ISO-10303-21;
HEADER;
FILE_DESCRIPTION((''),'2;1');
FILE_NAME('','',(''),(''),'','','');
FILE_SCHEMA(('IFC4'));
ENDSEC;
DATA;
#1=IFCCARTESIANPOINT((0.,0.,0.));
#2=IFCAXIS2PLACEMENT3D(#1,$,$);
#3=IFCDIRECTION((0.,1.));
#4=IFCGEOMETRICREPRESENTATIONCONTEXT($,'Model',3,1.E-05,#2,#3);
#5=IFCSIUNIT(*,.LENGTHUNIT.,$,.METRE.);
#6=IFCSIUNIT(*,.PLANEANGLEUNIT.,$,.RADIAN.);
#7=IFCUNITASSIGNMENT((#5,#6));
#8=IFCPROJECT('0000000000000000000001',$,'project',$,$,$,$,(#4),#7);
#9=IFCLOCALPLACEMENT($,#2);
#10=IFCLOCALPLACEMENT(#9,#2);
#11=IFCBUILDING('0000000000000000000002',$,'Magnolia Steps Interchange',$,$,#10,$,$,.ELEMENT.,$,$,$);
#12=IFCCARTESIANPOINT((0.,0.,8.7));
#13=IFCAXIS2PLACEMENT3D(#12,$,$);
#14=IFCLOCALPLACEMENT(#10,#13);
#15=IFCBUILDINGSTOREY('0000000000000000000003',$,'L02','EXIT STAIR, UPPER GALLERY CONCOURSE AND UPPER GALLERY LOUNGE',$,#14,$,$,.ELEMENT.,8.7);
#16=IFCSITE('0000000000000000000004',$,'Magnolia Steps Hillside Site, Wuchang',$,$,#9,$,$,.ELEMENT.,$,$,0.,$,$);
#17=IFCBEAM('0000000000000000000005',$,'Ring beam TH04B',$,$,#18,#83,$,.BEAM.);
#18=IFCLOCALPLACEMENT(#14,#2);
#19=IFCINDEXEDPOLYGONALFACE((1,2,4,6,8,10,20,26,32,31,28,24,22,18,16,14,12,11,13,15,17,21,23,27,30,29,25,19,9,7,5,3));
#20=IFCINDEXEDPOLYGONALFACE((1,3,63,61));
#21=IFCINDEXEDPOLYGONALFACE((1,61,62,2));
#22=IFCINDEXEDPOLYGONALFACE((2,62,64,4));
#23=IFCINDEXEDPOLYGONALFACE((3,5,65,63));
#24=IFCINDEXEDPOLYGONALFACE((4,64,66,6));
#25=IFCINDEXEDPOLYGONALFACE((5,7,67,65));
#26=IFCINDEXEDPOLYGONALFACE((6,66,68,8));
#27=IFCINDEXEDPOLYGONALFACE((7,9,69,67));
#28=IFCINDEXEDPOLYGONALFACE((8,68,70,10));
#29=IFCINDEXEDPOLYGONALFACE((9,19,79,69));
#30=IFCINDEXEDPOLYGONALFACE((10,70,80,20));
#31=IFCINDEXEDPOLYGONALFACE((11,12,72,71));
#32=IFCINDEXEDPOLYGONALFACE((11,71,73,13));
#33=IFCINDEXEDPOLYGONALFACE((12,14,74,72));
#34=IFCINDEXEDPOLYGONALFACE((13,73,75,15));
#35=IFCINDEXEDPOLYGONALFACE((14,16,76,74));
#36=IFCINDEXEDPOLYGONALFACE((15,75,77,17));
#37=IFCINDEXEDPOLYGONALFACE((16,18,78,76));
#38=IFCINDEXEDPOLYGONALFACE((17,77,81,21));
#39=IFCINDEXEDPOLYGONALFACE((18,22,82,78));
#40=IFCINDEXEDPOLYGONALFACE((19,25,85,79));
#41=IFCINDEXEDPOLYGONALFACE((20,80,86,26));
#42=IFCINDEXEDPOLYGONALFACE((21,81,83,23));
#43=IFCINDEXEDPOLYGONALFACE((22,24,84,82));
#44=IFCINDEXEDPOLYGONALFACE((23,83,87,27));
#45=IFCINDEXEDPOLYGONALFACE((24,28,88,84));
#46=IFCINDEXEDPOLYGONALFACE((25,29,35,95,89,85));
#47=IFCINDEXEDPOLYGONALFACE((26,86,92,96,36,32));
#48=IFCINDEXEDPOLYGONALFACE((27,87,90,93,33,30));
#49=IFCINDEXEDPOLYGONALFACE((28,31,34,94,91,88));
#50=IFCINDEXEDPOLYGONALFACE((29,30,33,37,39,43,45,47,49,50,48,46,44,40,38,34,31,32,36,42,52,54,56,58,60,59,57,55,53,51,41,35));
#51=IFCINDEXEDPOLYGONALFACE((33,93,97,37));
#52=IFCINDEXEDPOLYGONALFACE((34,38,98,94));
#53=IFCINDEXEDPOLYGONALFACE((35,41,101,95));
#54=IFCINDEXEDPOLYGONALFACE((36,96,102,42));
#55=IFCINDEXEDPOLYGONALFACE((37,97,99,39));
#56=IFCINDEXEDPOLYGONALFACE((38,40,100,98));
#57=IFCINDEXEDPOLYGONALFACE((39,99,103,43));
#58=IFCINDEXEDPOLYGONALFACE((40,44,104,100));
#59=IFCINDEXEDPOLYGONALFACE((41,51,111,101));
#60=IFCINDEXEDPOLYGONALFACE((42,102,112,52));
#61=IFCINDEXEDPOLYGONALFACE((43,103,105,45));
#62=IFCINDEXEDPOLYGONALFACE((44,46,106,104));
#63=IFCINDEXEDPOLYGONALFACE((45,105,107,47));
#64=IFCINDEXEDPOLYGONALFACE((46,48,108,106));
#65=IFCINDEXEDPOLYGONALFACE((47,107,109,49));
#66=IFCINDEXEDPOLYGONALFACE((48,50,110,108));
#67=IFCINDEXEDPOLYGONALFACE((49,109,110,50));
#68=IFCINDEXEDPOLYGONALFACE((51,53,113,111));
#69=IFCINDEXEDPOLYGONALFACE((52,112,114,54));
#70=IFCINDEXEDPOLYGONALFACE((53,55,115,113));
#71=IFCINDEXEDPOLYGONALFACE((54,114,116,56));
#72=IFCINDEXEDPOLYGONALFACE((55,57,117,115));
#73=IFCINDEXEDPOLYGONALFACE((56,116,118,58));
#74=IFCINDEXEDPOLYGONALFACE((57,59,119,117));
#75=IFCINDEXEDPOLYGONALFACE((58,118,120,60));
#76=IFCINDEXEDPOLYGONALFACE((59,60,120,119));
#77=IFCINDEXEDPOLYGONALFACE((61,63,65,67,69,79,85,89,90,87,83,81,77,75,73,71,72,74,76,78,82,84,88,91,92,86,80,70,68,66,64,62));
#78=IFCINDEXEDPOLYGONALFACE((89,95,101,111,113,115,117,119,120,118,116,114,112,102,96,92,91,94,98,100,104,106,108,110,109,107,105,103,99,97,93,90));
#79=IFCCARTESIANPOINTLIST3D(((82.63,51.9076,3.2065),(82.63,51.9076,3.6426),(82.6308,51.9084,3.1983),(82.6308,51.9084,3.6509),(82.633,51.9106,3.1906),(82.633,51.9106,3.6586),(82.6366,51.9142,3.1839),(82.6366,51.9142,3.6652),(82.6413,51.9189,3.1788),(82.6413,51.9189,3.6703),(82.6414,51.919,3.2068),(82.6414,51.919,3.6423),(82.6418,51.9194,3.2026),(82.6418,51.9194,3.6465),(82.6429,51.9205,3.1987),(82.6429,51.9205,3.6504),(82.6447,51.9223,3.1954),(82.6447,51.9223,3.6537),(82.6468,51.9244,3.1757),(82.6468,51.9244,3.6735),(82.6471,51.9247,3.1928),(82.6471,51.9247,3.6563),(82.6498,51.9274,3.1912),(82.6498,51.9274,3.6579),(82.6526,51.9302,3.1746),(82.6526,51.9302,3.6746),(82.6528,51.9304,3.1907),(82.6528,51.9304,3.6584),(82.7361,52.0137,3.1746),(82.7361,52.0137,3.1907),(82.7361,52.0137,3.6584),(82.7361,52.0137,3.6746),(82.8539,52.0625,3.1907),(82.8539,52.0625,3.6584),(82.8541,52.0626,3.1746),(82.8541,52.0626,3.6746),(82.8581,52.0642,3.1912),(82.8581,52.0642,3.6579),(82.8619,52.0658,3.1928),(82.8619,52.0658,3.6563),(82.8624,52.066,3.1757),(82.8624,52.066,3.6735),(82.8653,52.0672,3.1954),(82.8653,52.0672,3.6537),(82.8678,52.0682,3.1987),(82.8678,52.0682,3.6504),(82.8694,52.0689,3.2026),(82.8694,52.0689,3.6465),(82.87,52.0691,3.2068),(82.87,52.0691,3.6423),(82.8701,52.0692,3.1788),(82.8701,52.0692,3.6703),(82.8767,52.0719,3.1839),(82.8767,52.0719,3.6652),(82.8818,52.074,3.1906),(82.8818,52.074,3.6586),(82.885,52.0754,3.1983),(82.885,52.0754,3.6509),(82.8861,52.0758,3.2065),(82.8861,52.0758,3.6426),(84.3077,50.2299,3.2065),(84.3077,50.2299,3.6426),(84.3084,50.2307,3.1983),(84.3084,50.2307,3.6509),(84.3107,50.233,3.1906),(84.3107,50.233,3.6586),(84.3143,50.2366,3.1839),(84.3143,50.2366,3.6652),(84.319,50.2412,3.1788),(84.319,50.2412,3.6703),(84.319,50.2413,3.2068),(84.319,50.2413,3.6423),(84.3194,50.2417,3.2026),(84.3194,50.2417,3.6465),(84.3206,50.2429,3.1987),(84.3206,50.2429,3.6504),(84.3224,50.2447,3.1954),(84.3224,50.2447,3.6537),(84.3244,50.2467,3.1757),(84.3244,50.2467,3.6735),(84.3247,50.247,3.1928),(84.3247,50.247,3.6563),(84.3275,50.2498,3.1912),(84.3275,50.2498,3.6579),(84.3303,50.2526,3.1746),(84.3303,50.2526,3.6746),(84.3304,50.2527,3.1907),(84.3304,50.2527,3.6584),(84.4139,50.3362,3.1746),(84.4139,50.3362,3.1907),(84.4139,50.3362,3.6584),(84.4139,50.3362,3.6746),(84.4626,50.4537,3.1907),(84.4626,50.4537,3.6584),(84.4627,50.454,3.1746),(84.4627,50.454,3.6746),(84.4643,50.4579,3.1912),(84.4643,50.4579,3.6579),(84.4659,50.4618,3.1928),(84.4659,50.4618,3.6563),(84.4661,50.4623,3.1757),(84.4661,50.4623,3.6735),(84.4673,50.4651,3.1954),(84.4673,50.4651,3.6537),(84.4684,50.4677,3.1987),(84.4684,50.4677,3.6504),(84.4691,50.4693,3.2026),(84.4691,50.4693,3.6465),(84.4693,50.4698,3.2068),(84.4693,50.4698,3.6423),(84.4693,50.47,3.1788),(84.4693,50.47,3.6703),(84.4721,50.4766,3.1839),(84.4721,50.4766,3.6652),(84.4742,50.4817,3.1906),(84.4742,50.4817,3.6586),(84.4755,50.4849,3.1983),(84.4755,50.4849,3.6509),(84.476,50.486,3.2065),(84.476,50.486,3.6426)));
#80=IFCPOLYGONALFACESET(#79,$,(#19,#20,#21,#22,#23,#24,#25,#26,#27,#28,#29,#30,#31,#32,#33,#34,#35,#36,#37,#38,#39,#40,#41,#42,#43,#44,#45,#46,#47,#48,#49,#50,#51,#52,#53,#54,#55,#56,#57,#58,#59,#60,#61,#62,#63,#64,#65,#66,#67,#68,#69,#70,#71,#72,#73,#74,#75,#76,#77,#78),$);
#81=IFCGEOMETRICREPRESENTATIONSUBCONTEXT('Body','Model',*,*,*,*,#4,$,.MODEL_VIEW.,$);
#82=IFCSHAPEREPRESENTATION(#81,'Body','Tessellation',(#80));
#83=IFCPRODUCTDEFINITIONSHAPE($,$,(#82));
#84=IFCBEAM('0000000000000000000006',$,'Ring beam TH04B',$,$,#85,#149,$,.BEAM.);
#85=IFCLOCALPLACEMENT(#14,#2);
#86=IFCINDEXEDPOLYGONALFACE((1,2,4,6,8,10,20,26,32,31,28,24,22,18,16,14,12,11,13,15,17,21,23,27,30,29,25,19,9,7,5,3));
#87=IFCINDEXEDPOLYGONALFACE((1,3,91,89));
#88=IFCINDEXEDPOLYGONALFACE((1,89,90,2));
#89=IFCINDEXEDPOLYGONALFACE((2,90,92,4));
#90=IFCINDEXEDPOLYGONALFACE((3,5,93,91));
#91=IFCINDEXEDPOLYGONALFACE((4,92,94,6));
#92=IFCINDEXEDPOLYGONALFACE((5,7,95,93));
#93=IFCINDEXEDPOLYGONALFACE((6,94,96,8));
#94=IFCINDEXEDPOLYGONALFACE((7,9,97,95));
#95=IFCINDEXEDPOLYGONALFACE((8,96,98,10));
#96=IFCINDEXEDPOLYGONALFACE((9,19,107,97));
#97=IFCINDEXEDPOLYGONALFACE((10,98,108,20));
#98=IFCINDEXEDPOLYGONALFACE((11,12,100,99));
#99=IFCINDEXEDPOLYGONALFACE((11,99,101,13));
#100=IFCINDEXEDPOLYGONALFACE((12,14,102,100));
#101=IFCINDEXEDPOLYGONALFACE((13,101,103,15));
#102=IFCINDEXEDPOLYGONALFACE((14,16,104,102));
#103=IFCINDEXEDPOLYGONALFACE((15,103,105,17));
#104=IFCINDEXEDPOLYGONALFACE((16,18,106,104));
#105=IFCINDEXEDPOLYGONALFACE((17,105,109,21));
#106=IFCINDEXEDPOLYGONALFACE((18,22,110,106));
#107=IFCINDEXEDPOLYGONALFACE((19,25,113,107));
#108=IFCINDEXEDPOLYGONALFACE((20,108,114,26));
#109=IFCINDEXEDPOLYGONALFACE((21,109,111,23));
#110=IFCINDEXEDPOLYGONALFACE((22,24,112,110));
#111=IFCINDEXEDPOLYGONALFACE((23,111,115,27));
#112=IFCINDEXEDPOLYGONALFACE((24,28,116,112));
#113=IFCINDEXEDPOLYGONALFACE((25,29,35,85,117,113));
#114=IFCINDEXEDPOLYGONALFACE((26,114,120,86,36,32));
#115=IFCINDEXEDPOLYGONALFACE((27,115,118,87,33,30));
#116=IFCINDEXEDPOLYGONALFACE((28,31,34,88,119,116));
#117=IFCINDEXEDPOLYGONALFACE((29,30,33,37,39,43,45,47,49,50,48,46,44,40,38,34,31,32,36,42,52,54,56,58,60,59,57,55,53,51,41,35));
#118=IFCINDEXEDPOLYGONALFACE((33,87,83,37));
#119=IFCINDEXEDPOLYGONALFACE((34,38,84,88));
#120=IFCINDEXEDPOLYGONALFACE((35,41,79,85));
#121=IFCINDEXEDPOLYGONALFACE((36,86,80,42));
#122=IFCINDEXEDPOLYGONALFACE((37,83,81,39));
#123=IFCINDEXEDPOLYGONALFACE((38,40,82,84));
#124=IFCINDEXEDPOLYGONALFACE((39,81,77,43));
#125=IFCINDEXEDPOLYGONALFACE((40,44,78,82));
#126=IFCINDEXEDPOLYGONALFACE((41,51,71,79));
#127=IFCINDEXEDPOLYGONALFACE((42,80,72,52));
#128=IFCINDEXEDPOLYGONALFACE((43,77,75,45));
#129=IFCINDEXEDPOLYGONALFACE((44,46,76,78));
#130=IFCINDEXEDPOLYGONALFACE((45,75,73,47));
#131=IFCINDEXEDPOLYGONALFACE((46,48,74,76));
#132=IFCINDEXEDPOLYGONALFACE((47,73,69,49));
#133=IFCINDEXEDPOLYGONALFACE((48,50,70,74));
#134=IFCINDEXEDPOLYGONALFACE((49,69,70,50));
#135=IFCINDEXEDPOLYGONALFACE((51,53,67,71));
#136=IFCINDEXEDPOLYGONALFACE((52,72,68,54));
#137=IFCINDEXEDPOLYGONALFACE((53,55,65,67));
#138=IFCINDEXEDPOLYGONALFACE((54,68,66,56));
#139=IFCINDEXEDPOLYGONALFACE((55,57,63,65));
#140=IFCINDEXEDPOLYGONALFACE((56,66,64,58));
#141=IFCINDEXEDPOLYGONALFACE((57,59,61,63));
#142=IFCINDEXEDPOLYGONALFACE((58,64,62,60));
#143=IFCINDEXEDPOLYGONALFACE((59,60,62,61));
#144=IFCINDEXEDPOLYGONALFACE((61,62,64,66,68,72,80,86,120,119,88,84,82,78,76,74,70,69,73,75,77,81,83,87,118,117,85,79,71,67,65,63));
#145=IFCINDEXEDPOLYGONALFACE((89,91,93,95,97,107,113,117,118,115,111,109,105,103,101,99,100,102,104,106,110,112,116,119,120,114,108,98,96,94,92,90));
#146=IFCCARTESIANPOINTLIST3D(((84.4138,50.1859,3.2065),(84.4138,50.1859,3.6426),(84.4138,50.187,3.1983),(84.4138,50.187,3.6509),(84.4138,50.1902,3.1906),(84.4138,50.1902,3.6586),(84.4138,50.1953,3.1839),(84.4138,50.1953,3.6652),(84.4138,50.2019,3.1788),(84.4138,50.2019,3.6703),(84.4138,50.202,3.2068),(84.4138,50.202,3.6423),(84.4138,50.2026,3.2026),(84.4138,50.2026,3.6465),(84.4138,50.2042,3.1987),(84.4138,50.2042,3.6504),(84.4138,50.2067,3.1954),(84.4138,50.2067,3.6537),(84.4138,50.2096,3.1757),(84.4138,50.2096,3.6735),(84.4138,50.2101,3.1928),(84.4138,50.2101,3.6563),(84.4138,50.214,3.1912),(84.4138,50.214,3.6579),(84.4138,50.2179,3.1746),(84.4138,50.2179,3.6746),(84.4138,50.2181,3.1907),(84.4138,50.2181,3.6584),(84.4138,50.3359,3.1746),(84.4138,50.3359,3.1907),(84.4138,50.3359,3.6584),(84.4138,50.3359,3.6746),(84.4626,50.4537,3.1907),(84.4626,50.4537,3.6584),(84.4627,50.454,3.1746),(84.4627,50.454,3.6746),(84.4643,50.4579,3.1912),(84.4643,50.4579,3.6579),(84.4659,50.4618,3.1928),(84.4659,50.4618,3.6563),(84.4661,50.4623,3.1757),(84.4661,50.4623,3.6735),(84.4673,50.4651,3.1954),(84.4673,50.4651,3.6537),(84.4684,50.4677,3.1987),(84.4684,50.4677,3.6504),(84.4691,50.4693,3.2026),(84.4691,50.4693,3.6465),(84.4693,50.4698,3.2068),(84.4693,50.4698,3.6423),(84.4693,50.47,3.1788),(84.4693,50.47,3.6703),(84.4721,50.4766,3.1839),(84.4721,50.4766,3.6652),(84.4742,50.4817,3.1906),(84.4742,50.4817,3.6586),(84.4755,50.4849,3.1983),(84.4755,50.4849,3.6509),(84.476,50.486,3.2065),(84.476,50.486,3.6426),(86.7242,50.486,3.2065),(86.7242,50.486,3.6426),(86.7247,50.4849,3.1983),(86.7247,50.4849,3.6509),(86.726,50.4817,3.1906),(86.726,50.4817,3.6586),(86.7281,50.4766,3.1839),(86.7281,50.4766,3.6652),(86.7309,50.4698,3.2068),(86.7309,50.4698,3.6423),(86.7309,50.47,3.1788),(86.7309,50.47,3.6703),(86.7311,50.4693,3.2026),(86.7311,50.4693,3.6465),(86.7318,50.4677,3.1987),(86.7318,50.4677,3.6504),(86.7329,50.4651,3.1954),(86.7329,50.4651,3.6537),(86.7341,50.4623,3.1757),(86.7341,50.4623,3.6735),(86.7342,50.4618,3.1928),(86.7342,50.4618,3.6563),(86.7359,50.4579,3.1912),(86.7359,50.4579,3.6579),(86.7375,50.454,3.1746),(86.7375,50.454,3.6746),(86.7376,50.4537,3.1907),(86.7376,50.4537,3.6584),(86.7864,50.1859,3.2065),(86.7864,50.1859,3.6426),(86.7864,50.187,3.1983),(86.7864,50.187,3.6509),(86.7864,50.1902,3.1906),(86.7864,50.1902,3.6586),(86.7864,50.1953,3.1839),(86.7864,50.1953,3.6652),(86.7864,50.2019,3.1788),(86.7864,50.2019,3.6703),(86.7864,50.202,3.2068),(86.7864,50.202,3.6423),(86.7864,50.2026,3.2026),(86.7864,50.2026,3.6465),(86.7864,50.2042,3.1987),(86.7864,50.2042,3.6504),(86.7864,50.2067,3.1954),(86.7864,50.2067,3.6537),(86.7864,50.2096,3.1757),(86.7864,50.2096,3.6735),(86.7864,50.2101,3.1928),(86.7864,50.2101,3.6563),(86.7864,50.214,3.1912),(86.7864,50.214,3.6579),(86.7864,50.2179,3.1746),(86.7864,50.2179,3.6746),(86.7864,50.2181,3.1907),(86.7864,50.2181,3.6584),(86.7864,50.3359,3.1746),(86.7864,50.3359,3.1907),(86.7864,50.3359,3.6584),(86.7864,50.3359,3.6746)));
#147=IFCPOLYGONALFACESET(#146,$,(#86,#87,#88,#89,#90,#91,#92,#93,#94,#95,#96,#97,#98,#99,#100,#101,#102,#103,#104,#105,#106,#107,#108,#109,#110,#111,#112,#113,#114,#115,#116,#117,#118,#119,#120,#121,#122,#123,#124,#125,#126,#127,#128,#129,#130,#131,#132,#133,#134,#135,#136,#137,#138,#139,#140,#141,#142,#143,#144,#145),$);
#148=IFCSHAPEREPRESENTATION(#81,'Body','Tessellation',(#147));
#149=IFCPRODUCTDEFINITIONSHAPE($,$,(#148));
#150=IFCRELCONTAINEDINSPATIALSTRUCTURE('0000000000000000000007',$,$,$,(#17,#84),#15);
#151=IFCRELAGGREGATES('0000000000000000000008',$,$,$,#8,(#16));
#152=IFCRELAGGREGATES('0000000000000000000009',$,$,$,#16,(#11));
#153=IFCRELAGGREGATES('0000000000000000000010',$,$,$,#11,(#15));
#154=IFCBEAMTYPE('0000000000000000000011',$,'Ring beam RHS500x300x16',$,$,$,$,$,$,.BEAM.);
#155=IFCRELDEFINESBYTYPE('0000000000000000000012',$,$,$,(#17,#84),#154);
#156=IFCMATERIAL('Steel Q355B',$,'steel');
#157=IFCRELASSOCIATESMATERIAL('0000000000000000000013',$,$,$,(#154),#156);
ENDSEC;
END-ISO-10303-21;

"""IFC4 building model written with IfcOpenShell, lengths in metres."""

from ifc_helpers import new_model, si_unit, direction, frame, origin, origin_2d, place, context, subcontext, project, spatial, hollow_rectangle, extrude, clip, halfspace, material, material_profile, profile_set, type_object, element, save


model = new_model("IFC4")

# Units and contexts
model_context = context("Model", 3, precision=1e-05, world=origin(), true_north=direction((0.0, 1.0)))
body_context = subcontext(model_context, "Body", "Model", "MODEL_VIEW")
ifc_project = project(units=[si_unit("LENGTHUNIT", "METRE"), si_unit("PLANEANGLEUNIT", "RADIAN")], contexts=[model_context])

# Site, building, storey
site_placement = place(None, origin())
site = spatial("IfcSite", under=ifc_project, at=site_placement, Name="Magnolia Steps Hillside Site, Wuchang", CompositionType="ELEMENT", RefElevation=0.0)
building_placement = place(site_placement, origin())
building = spatial("IfcBuilding", under=site, at=building_placement, Name="Magnolia Steps Interchange", CompositionType="ELEMENT")
storey_placement = place(building_placement, frame((0.0, 0.0, 8.7)))
storey = spatial("IfcBuildingStorey", under=building, at=storey_placement, Name="L02", Description="EXIT STAIR, UPPER GALLERY CONCOURSE AND UPPER GALLERY LOUNGE", CompositionType="ELEMENT", Elevation=8.7)

# Beams
ifc_material_1 = material(Name="Steel Q355B", Category="steel")
ifc_material_profile_1 = material_profile(ifc_material_1, hollow_rectangle(XDim=0.3, YDim=0.5, WallThickness=0.0161, InnerFilletRadius=0.0161, OuterFilletRadius=0.032, at=origin_2d()), Name="RHS500x300x16")
ifc_profile_set_1 = profile_set([ifc_material_profile_1], Name="Steel Q355B")
beam_type = type_object("IfcBeamType", Name="Ring beam RHS500x300x16", PredefinedType="BEAM", material=ifc_profile_set_1)
beam_1_placement = place(storey_placement, frame((82.7361, 52.0137, 3.4246), z_axis=(0.707107, -0.707107, 0.0), x_axis=(0.707107, 0.707107, 0.0)))
element("IfcBeam", 1, at=beam_1_placement, inside=storey, type_object=beam_type, Name="Ring beam TH04B", PredefinedType="BEAM", context=body_context, shape_type="Clipping", body=[
    clip(clip(extrude(hollow_rectangle(XDim=0.3, YDim=0.5, WallThickness=0.0161, InnerFilletRadius=0.0161, OuterFilletRadius=0.032, at=origin_2d()), origin(), (0.0, 0.0, 1.0), 2.3726), halfspace(frame((0.0, 0.0, 0.0), z_axis=(0.382683, 0.0, -0.92388), x_axis=(0.92388, 0.0, 0.382683)), False)), halfspace(frame((0.0, 0.0, 2.3727), z_axis=(0.382683, 0.0, 0.92388), x_axis=(0.92388, 0.0, -0.382683)), False)),
])
beam_2_placement = place(storey_placement, frame((84.4138, 50.3359, 3.4246), z_axis=(1.0, 0.0, 0.0), x_axis=(0.0, 1.0, 0.0)))
element("IfcBeam", 2, at=beam_2_placement, inside=storey, type_object=beam_type, Name="Ring beam TH04B", PredefinedType="BEAM", context=body_context, shape_type="Clipping", body=[
    clip(clip(extrude(hollow_rectangle(XDim=0.3, YDim=0.5, WallThickness=0.0161, InnerFilletRadius=0.0161, OuterFilletRadius=0.032, at=origin_2d()), origin(), (0.0, 0.0, 1.0), 2.3726), halfspace(frame((0.0, 0.0, 0.0), z_axis=(0.382683, 0.0, -0.92388), x_axis=(0.92388, 0.0, 0.382683)), False)), halfspace(frame((0.0, 0.0, 2.3726), z_axis=(0.382683, 0.0, 0.92388), x_axis=(0.92388, 0.0, -0.382683)), False)),
])

save(model, "model.ifc")
